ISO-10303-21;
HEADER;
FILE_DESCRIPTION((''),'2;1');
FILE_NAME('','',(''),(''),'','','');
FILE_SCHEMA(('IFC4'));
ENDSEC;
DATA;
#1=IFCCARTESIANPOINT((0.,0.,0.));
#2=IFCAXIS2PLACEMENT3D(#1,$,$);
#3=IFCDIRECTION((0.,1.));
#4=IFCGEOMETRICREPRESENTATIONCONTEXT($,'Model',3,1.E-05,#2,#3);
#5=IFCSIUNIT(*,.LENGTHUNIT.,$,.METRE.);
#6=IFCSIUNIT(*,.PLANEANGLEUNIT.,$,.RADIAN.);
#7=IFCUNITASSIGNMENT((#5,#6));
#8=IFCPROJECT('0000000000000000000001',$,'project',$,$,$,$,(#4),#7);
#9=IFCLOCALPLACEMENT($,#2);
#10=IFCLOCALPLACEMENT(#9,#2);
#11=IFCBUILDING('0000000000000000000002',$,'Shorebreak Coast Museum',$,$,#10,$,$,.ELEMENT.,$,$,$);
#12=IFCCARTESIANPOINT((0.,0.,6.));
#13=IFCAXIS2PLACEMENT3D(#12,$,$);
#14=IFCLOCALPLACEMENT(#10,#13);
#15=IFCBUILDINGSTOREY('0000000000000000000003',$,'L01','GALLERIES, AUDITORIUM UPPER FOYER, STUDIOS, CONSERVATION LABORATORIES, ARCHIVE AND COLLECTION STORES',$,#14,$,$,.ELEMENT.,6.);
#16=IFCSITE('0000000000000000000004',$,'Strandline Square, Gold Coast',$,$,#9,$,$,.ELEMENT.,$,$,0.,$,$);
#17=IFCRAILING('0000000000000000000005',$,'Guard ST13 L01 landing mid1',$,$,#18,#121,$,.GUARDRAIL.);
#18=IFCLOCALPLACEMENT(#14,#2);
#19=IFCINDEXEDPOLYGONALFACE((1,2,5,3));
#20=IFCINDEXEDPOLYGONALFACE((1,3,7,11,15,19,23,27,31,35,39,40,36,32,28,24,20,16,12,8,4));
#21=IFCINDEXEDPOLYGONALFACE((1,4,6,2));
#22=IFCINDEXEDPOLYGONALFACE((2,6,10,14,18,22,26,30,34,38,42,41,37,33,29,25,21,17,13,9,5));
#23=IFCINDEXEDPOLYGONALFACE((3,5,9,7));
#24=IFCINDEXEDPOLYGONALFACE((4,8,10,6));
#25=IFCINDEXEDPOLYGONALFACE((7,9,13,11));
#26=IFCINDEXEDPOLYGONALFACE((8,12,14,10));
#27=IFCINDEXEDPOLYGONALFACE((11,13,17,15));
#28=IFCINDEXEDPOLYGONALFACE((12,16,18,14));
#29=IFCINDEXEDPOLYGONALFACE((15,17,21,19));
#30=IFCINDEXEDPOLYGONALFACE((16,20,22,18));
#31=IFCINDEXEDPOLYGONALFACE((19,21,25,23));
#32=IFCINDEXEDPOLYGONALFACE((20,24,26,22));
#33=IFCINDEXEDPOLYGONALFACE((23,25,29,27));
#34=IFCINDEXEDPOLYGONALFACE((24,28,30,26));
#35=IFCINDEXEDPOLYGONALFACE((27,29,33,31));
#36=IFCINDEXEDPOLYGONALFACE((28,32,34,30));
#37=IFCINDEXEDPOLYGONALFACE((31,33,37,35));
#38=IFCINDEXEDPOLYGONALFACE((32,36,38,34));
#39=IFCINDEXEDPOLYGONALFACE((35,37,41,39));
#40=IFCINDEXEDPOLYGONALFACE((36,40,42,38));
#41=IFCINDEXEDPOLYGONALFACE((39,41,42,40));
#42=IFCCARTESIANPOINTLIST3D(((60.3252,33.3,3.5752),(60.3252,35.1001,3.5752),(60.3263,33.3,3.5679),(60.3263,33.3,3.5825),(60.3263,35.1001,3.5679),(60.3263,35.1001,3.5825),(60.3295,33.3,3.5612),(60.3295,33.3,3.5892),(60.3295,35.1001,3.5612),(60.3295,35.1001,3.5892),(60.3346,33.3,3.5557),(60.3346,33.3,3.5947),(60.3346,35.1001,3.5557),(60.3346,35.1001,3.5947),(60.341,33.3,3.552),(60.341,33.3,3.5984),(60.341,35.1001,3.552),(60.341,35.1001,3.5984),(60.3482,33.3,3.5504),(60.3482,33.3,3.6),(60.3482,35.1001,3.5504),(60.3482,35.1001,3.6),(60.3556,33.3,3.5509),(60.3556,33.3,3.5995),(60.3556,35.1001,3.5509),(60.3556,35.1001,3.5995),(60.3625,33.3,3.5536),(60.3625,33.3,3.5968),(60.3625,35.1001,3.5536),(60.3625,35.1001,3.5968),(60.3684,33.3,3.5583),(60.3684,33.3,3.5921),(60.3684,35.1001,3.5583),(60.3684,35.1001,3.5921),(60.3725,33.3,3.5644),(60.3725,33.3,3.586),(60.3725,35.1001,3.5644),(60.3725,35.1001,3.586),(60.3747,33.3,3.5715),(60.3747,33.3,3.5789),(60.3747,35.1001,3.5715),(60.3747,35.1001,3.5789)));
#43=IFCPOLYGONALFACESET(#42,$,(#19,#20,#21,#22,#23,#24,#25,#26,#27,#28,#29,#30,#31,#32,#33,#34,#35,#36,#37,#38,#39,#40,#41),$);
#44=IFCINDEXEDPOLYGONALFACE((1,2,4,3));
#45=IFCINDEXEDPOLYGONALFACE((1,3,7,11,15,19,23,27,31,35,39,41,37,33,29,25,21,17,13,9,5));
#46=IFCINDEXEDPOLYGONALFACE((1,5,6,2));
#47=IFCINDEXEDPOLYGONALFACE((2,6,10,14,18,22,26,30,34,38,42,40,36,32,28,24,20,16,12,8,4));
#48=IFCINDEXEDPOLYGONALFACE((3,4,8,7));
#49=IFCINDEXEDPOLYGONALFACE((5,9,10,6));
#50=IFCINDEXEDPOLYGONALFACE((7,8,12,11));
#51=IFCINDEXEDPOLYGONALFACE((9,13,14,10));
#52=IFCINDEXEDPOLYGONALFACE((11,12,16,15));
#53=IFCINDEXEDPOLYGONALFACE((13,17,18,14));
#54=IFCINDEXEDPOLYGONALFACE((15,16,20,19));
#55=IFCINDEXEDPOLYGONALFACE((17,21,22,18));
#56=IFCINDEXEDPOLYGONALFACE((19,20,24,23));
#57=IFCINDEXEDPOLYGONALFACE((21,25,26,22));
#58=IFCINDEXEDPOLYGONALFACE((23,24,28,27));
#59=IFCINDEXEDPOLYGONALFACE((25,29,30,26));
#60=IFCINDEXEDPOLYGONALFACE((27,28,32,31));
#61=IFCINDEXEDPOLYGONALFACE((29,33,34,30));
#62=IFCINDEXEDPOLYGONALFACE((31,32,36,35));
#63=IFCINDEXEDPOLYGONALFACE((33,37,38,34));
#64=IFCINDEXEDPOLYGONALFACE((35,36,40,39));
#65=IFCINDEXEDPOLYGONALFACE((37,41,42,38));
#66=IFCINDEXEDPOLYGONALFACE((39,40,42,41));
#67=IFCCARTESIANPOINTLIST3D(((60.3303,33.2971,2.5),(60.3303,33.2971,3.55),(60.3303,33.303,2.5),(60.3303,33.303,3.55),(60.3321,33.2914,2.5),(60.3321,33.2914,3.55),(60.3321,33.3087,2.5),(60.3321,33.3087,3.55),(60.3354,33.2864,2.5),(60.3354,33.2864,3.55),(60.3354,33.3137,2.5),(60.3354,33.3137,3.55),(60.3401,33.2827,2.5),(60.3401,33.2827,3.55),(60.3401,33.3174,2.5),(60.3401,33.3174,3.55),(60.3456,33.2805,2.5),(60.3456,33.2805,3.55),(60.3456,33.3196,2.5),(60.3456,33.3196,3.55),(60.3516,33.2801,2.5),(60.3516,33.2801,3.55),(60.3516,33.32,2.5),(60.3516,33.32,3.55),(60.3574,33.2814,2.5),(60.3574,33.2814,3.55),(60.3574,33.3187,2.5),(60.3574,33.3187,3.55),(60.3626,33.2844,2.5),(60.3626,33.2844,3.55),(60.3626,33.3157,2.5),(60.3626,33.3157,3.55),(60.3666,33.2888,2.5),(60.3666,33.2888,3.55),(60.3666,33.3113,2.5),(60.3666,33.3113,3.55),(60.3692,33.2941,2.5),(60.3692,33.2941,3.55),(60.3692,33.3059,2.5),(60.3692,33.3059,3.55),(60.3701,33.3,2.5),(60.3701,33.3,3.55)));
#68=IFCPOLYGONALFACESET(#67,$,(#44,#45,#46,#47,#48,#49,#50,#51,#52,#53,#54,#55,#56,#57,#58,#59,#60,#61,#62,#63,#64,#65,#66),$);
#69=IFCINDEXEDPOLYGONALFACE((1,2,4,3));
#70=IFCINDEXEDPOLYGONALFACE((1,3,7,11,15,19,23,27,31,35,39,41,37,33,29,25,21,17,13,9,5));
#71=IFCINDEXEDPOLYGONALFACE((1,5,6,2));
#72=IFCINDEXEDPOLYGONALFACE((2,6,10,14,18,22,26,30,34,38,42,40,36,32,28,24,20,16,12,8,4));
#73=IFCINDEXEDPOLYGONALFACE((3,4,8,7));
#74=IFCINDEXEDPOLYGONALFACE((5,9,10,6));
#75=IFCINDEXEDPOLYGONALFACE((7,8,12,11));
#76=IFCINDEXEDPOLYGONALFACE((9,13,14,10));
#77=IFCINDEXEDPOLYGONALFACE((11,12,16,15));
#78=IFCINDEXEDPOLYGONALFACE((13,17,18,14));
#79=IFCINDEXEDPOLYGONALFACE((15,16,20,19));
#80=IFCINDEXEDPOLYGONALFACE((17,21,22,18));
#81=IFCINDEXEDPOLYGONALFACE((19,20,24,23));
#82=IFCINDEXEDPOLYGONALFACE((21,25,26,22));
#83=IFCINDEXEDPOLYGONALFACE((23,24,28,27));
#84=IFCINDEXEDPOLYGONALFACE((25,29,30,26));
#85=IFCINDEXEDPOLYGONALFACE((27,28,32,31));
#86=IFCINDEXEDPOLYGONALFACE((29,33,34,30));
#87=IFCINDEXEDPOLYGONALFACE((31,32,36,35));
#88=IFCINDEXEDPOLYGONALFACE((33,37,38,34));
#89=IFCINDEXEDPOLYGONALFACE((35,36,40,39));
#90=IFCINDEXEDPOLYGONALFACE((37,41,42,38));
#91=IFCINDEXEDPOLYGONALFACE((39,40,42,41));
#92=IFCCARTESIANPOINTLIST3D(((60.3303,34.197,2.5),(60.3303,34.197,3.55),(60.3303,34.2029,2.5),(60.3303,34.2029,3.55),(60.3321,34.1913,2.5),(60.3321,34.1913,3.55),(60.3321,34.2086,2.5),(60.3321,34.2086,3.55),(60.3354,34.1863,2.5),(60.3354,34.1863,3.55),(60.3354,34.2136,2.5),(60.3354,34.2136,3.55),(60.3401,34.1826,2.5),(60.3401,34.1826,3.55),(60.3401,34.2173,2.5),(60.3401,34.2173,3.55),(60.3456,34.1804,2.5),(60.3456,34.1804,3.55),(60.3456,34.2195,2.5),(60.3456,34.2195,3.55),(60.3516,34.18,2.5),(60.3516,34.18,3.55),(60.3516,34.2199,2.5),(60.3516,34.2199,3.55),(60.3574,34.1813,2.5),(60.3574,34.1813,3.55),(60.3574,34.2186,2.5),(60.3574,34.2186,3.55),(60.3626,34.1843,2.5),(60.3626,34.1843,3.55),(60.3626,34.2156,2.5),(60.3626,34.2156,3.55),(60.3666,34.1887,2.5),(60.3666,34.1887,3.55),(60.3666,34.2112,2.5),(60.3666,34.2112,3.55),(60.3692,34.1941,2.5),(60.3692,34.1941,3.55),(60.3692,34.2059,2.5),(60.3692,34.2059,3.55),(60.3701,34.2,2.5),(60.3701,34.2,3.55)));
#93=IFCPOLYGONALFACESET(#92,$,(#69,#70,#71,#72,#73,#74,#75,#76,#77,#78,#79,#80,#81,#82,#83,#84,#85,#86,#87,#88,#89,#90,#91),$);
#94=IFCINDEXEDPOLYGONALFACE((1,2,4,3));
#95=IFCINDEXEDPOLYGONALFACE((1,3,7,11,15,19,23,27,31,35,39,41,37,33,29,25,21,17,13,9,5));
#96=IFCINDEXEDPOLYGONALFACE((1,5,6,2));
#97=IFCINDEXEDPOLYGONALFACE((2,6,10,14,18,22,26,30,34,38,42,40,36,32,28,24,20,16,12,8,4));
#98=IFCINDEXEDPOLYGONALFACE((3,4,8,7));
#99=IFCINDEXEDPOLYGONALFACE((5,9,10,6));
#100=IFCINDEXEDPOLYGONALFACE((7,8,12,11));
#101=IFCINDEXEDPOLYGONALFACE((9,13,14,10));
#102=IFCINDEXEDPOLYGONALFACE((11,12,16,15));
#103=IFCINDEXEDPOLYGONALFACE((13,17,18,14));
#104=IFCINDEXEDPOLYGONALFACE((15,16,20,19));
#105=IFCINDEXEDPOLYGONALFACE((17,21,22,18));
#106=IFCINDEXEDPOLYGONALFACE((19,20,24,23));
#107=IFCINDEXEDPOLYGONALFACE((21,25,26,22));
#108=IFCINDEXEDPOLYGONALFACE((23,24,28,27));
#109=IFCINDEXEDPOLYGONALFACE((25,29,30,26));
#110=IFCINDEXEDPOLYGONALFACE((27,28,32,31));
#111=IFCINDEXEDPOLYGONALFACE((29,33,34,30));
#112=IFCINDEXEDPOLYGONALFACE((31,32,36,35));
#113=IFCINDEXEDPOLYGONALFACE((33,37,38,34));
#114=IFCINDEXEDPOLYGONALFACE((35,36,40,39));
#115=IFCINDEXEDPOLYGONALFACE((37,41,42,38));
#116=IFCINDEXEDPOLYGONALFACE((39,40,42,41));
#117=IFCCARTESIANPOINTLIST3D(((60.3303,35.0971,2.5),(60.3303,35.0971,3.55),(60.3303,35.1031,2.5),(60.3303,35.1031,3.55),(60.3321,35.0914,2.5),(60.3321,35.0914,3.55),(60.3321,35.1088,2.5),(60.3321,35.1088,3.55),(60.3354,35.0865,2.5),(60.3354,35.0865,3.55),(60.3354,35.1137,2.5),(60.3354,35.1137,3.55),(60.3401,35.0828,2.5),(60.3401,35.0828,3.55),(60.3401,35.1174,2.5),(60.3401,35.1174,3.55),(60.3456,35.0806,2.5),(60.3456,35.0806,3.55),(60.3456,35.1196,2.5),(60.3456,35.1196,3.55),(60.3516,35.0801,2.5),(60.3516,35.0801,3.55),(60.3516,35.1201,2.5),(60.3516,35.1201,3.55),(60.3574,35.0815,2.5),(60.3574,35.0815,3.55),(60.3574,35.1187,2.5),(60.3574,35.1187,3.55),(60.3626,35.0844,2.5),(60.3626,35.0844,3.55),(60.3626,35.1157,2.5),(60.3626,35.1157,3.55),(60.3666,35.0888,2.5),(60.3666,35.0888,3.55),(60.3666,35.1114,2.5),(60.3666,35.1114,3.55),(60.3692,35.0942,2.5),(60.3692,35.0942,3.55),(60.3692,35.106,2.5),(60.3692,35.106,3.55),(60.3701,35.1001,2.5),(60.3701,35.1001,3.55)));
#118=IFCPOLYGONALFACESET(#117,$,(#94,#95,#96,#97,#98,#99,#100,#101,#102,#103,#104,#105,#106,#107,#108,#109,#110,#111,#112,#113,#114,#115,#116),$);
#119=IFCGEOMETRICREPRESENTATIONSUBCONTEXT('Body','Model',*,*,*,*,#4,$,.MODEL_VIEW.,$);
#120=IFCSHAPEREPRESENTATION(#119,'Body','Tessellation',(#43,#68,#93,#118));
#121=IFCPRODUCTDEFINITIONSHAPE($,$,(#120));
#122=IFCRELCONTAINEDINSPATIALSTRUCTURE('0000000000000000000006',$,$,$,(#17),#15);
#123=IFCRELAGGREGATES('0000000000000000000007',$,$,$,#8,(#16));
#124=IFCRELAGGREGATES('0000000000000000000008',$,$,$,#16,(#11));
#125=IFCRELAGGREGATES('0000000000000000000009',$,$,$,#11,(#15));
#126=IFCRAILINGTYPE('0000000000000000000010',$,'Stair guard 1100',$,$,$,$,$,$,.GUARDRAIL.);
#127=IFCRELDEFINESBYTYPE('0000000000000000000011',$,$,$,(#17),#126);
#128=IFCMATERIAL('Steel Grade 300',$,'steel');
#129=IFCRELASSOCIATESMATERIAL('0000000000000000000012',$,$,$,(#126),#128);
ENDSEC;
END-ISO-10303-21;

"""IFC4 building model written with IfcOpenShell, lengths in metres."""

from ifc_helpers import new_model, si_unit, direction, frame, origin, origin_2d, place, context, subcontext, project, spatial, circle, extrude, material, type_object, element, save


model = new_model("IFC4")

# Units and contexts
model_context = context("Model", 3, precision=1e-05, world=origin(), true_north=direction((0.0, 1.0)))
body_context = subcontext(model_context, "Body", "Model", "MODEL_VIEW")
ifc_project = project(units=[si_unit("LENGTHUNIT", "METRE"), si_unit("PLANEANGLEUNIT", "RADIAN")], contexts=[model_context])

# Site, building, storey
site_placement = place(None, origin())
site = spatial("IfcSite", under=ifc_project, at=site_placement, Name="Strandline Square, Gold Coast", CompositionType="ELEMENT", RefElevation=0.0)
building_placement = place(site_placement, origin())
building = spatial("IfcBuilding", under=site, at=building_placement, Name="Shorebreak Coast Museum", CompositionType="ELEMENT")
storey_placement = place(building_placement, frame((0.0, 0.0, 6.0)))
storey = spatial("IfcBuildingStorey", under=building, at=storey_placement, Name="L01", Description="GALLERIES, AUDITORIUM UPPER FOYER, STUDIOS, CONSERVATION LABORATORIES, ARCHIVE AND COLLECTION STORES", CompositionType="ELEMENT", Elevation=6.0)

# Railing
ifc_material_1 = material(Name="Steel Grade 300", Category="steel")
railing_type_1 = type_object("IfcRailingType", Name="Stair guard 1100", PredefinedType="GUARDRAIL", material=ifc_material_1)
for number, where, name in (
    (1, (60.3501, 33.3, 2.5), "Guard ST13 L01 landing mid1"),
):
    element("IfcRailing", number, at=place(storey_placement, frame(where)), inside=storey, type_object=railing_type_1, Name=name, PredefinedType="GUARDRAIL", context=body_context, shape_type="SweptSolid", body=[
        extrude(circle(Radius=0.0249, at=origin_2d()), frame((0.0, 0.0, 1.0752), z_axis=(0.0, 1.0, 0.0), x_axis=(-1.0, 0.0, 0.0)), (0.0, 0.0, 1.0), 1.8),
        extrude(circle(Radius=0.02, at=origin_2d()), origin(), (0.0, 0.0, 1.0), 1.05),
        extrude(circle(Radius=0.02, at=origin_2d()), frame((0.0, 0.8999, 0.0)), (0.0, 0.0, 1.0), 1.05),
        extrude(circle(Radius=0.02, at=origin_2d()), frame((0.0, 1.8, 0.0)), (0.0, 0.0, 1.0), 1.05),
    ])

save(model, "model.ifc")
